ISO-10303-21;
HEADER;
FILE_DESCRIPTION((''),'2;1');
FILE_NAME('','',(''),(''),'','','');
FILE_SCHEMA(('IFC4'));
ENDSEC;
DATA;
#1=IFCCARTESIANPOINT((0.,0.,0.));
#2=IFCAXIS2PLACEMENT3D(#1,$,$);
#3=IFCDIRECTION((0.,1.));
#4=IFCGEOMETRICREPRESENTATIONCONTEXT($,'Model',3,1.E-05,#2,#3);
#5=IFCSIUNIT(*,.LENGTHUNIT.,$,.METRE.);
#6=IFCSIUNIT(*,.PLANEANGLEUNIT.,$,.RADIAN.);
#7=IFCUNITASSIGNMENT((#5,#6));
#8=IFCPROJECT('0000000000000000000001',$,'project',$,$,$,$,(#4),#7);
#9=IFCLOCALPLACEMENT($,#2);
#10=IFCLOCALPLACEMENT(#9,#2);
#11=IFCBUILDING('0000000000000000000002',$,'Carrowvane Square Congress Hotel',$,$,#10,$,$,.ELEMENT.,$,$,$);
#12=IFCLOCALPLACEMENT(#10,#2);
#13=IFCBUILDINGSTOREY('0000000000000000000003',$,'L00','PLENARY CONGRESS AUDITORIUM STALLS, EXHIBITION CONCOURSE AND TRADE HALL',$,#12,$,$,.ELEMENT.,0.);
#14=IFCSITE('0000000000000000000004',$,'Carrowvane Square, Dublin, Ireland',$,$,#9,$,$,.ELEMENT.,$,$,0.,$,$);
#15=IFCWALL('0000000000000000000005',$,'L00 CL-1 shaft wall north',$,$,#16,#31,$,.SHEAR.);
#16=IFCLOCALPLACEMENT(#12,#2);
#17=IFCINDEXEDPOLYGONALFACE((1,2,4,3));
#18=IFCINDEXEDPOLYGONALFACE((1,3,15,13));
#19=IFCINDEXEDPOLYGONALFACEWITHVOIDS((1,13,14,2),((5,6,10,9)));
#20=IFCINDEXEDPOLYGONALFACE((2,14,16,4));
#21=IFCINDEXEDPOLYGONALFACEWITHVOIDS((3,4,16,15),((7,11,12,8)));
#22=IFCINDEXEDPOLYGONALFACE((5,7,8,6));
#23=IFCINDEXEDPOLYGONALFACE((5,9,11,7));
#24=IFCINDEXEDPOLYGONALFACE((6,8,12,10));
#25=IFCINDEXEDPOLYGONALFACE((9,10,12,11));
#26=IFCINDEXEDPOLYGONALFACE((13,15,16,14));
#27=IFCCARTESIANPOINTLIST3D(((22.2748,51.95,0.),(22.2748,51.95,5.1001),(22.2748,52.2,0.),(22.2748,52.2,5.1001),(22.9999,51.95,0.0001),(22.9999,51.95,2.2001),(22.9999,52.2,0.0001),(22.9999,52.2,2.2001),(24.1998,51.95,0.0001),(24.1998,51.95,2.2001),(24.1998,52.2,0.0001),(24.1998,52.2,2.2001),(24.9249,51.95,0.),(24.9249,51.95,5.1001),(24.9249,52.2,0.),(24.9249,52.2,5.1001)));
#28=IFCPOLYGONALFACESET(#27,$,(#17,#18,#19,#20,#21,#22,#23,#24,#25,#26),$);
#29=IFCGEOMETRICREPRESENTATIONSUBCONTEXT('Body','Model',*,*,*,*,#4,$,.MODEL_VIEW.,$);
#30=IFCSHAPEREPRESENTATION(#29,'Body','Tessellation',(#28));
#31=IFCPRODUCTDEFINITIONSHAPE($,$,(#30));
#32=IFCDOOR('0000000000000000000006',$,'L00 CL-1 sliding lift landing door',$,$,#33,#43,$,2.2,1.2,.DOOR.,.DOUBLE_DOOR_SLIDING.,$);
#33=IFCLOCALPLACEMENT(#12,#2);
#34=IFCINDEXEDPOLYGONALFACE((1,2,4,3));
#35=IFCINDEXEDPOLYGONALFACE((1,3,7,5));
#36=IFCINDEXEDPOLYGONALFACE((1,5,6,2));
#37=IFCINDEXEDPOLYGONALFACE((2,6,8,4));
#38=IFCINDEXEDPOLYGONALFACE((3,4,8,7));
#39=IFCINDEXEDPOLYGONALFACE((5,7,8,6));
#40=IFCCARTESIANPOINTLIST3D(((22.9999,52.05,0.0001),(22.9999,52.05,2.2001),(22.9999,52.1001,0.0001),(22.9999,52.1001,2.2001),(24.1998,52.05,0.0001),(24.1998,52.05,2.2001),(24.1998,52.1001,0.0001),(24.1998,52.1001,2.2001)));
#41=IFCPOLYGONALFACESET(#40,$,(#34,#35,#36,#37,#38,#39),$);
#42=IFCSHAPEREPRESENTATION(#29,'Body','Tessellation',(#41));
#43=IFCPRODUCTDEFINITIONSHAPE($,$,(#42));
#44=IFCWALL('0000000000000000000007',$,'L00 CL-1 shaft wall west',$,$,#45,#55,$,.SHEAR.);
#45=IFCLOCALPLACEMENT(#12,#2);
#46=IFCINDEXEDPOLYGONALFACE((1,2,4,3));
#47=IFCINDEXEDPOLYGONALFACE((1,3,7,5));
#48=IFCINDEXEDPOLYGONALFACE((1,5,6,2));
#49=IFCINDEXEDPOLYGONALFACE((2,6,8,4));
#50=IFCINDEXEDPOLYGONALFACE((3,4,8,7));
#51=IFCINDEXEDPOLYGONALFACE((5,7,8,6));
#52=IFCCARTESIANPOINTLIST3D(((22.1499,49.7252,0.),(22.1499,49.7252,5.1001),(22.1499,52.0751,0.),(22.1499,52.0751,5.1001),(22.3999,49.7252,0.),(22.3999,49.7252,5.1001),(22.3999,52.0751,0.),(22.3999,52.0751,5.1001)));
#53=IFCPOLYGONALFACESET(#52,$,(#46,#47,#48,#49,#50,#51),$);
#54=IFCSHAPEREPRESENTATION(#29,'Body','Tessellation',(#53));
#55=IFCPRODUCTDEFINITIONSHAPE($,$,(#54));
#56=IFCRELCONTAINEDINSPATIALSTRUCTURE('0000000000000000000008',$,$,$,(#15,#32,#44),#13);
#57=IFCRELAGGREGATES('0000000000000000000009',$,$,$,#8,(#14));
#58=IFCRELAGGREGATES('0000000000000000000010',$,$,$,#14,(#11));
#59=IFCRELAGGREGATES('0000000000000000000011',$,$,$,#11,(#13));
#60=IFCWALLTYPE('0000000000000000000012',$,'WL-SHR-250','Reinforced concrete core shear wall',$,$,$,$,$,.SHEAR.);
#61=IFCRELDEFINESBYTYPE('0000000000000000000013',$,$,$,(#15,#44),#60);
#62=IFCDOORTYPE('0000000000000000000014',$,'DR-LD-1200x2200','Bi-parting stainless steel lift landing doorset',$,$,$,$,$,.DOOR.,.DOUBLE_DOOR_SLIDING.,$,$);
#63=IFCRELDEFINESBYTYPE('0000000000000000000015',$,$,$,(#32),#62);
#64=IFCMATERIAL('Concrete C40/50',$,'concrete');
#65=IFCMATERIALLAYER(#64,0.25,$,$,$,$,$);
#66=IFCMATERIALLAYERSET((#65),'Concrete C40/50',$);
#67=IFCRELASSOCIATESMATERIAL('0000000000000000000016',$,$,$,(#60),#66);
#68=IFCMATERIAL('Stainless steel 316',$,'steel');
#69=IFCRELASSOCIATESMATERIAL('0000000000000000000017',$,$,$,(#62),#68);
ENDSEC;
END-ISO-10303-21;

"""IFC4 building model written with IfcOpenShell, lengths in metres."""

from ifc_helpers import new_model, si_unit, direction, frame, frame_2d, origin, place, context, subcontext, project, spatial, rectangle, extrude, material, layer, layer_set, type_object, element, fill, save


model = new_model("IFC4")

# Units and contexts
model_context = context("Model", 3, precision=1e-05, world=origin(), true_north=direction((0.0, 1.0)))
body_context = subcontext(model_context, "Body", "Model", "MODEL_VIEW")
ifc_project = project(units=[si_unit("LENGTHUNIT", "METRE"), si_unit("PLANEANGLEUNIT", "RADIAN")], contexts=[model_context])

# Site, building, storey
site_placement = place(None, origin())
site = spatial("IfcSite", under=ifc_project, at=site_placement, Name="Carrowvane Square, Dublin, Ireland", CompositionType="ELEMENT", RefElevation=0.0)
building_placement = place(site_placement, origin())
building = spatial("IfcBuilding", under=site, at=building_placement, Name="Carrowvane Square Congress Hotel", CompositionType="ELEMENT")
storey_placement = place(building_placement, origin())
storey = spatial("IfcBuildingStorey", under=building, at=storey_placement, Name="L00", Description="PLENARY CONGRESS AUDITORIUM STALLS, EXHIBITION CONCOURSE AND TRADE HALL", CompositionType="ELEMENT", Elevation=0.0)

# Shared definitions
ifc_material_1 = material(Name="Concrete C40/50", Category="concrete")
ifc_layer_1 = layer(ifc_material_1, 0.25)
ifc_layer_set_1 = layer_set([ifc_layer_1], Name="Concrete C40/50")
wall_type_1 = type_object("IfcWallType", Name="WL-SHR-250", Description="Reinforced concrete core shear wall", PredefinedType="SHEAR", material=ifc_layer_set_1)

# Wall, opening, door
wall_1_placement = place(storey_placement, frame((24.925, 52.075, 0.0), z_axis=(0.0, 0.0, 1.0), x_axis=(-1.0, 0.0, 0.0)))
wall_1 = element("IfcWall", 1, at=wall_1_placement, inside=storey, type_object=wall_type_1, Name="L00 CL-1 shaft wall north", PredefinedType="SHEAR", context=body_context, shape_type="SweptSolid", body=[
    extrude(rectangle(XDim=2.6501, YDim=0.25, at=frame_2d((1.3252, 0.0))), origin(), (0.0, 0.0, 1.0), 5.1001),
])
opening_1_placement = place(wall_1_placement, frame((0.7251, 0.0, 0.0)))
opening_1 = element("IfcOpeningElement", 2, at=opening_1_placement, cuts=wall_1, PredefinedType="OPENING", context=body_context, shape_type="SweptSolid", body=[
    extrude(rectangle(XDim=1.2, YDim=2.2, at=frame_2d((0.6001, 1.1001))), frame((0.0, 0.135, 0.0), z_axis=(0.0, -1.0, 0.0), x_axis=(1.0, 0.0, 0.0)), (0.0, 0.0, 1.0), 0.27),
])
ifc_material_2 = material(Name="Stainless steel 316", Category="steel")
door_type_1 = type_object("IfcDoorType", Name="DR-LD-1200x2200", Description="Bi-parting stainless steel lift landing doorset", OperationType="DOUBLE_DOOR_SLIDING", PredefinedType="DOOR", material=ifc_material_2)
door_1_placement = place(opening_1_placement, origin())
door_1 = element("IfcDoor", 3, at=door_1_placement, inside=storey, type_object=door_type_1, Name="L00 CL-1 sliding lift landing door", OperationType="DOUBLE_DOOR_SLIDING", OverallHeight=2.2, OverallWidth=1.2, PredefinedType="DOOR", context=body_context, shape_type="SweptSolid", body=[
    extrude(rectangle(XDim=1.2, YDim=2.2, at=frame_2d((0.6001, 1.1001))), frame((0.0, 0.0249, 0.0), z_axis=(0.0, -1.0, 0.0), x_axis=(1.0, 0.0, 0.0)), (0.0, 0.0, 1.0), 0.05),
])
fill(opening_1, door_1)

# Wall
wall_2_placement = place(storey_placement, frame((22.2749, 52.075, 0.0), z_axis=(0.0, 0.0, 1.0), x_axis=(0.0, -1.0, 0.0)))
element("IfcWall", 4, at=wall_2_placement, inside=storey, type_object=wall_type_1, Name="L00 CL-1 shaft wall west", PredefinedType="SHEAR", context=body_context, shape_type="SweptSolid", body=[
    extrude(rectangle(XDim=2.3499, YDim=0.25, at=frame_2d((1.1748, 0.0))), origin(), (0.0, 0.0, 1.0), 5.1001),
])

save(model, "model.ifc")
